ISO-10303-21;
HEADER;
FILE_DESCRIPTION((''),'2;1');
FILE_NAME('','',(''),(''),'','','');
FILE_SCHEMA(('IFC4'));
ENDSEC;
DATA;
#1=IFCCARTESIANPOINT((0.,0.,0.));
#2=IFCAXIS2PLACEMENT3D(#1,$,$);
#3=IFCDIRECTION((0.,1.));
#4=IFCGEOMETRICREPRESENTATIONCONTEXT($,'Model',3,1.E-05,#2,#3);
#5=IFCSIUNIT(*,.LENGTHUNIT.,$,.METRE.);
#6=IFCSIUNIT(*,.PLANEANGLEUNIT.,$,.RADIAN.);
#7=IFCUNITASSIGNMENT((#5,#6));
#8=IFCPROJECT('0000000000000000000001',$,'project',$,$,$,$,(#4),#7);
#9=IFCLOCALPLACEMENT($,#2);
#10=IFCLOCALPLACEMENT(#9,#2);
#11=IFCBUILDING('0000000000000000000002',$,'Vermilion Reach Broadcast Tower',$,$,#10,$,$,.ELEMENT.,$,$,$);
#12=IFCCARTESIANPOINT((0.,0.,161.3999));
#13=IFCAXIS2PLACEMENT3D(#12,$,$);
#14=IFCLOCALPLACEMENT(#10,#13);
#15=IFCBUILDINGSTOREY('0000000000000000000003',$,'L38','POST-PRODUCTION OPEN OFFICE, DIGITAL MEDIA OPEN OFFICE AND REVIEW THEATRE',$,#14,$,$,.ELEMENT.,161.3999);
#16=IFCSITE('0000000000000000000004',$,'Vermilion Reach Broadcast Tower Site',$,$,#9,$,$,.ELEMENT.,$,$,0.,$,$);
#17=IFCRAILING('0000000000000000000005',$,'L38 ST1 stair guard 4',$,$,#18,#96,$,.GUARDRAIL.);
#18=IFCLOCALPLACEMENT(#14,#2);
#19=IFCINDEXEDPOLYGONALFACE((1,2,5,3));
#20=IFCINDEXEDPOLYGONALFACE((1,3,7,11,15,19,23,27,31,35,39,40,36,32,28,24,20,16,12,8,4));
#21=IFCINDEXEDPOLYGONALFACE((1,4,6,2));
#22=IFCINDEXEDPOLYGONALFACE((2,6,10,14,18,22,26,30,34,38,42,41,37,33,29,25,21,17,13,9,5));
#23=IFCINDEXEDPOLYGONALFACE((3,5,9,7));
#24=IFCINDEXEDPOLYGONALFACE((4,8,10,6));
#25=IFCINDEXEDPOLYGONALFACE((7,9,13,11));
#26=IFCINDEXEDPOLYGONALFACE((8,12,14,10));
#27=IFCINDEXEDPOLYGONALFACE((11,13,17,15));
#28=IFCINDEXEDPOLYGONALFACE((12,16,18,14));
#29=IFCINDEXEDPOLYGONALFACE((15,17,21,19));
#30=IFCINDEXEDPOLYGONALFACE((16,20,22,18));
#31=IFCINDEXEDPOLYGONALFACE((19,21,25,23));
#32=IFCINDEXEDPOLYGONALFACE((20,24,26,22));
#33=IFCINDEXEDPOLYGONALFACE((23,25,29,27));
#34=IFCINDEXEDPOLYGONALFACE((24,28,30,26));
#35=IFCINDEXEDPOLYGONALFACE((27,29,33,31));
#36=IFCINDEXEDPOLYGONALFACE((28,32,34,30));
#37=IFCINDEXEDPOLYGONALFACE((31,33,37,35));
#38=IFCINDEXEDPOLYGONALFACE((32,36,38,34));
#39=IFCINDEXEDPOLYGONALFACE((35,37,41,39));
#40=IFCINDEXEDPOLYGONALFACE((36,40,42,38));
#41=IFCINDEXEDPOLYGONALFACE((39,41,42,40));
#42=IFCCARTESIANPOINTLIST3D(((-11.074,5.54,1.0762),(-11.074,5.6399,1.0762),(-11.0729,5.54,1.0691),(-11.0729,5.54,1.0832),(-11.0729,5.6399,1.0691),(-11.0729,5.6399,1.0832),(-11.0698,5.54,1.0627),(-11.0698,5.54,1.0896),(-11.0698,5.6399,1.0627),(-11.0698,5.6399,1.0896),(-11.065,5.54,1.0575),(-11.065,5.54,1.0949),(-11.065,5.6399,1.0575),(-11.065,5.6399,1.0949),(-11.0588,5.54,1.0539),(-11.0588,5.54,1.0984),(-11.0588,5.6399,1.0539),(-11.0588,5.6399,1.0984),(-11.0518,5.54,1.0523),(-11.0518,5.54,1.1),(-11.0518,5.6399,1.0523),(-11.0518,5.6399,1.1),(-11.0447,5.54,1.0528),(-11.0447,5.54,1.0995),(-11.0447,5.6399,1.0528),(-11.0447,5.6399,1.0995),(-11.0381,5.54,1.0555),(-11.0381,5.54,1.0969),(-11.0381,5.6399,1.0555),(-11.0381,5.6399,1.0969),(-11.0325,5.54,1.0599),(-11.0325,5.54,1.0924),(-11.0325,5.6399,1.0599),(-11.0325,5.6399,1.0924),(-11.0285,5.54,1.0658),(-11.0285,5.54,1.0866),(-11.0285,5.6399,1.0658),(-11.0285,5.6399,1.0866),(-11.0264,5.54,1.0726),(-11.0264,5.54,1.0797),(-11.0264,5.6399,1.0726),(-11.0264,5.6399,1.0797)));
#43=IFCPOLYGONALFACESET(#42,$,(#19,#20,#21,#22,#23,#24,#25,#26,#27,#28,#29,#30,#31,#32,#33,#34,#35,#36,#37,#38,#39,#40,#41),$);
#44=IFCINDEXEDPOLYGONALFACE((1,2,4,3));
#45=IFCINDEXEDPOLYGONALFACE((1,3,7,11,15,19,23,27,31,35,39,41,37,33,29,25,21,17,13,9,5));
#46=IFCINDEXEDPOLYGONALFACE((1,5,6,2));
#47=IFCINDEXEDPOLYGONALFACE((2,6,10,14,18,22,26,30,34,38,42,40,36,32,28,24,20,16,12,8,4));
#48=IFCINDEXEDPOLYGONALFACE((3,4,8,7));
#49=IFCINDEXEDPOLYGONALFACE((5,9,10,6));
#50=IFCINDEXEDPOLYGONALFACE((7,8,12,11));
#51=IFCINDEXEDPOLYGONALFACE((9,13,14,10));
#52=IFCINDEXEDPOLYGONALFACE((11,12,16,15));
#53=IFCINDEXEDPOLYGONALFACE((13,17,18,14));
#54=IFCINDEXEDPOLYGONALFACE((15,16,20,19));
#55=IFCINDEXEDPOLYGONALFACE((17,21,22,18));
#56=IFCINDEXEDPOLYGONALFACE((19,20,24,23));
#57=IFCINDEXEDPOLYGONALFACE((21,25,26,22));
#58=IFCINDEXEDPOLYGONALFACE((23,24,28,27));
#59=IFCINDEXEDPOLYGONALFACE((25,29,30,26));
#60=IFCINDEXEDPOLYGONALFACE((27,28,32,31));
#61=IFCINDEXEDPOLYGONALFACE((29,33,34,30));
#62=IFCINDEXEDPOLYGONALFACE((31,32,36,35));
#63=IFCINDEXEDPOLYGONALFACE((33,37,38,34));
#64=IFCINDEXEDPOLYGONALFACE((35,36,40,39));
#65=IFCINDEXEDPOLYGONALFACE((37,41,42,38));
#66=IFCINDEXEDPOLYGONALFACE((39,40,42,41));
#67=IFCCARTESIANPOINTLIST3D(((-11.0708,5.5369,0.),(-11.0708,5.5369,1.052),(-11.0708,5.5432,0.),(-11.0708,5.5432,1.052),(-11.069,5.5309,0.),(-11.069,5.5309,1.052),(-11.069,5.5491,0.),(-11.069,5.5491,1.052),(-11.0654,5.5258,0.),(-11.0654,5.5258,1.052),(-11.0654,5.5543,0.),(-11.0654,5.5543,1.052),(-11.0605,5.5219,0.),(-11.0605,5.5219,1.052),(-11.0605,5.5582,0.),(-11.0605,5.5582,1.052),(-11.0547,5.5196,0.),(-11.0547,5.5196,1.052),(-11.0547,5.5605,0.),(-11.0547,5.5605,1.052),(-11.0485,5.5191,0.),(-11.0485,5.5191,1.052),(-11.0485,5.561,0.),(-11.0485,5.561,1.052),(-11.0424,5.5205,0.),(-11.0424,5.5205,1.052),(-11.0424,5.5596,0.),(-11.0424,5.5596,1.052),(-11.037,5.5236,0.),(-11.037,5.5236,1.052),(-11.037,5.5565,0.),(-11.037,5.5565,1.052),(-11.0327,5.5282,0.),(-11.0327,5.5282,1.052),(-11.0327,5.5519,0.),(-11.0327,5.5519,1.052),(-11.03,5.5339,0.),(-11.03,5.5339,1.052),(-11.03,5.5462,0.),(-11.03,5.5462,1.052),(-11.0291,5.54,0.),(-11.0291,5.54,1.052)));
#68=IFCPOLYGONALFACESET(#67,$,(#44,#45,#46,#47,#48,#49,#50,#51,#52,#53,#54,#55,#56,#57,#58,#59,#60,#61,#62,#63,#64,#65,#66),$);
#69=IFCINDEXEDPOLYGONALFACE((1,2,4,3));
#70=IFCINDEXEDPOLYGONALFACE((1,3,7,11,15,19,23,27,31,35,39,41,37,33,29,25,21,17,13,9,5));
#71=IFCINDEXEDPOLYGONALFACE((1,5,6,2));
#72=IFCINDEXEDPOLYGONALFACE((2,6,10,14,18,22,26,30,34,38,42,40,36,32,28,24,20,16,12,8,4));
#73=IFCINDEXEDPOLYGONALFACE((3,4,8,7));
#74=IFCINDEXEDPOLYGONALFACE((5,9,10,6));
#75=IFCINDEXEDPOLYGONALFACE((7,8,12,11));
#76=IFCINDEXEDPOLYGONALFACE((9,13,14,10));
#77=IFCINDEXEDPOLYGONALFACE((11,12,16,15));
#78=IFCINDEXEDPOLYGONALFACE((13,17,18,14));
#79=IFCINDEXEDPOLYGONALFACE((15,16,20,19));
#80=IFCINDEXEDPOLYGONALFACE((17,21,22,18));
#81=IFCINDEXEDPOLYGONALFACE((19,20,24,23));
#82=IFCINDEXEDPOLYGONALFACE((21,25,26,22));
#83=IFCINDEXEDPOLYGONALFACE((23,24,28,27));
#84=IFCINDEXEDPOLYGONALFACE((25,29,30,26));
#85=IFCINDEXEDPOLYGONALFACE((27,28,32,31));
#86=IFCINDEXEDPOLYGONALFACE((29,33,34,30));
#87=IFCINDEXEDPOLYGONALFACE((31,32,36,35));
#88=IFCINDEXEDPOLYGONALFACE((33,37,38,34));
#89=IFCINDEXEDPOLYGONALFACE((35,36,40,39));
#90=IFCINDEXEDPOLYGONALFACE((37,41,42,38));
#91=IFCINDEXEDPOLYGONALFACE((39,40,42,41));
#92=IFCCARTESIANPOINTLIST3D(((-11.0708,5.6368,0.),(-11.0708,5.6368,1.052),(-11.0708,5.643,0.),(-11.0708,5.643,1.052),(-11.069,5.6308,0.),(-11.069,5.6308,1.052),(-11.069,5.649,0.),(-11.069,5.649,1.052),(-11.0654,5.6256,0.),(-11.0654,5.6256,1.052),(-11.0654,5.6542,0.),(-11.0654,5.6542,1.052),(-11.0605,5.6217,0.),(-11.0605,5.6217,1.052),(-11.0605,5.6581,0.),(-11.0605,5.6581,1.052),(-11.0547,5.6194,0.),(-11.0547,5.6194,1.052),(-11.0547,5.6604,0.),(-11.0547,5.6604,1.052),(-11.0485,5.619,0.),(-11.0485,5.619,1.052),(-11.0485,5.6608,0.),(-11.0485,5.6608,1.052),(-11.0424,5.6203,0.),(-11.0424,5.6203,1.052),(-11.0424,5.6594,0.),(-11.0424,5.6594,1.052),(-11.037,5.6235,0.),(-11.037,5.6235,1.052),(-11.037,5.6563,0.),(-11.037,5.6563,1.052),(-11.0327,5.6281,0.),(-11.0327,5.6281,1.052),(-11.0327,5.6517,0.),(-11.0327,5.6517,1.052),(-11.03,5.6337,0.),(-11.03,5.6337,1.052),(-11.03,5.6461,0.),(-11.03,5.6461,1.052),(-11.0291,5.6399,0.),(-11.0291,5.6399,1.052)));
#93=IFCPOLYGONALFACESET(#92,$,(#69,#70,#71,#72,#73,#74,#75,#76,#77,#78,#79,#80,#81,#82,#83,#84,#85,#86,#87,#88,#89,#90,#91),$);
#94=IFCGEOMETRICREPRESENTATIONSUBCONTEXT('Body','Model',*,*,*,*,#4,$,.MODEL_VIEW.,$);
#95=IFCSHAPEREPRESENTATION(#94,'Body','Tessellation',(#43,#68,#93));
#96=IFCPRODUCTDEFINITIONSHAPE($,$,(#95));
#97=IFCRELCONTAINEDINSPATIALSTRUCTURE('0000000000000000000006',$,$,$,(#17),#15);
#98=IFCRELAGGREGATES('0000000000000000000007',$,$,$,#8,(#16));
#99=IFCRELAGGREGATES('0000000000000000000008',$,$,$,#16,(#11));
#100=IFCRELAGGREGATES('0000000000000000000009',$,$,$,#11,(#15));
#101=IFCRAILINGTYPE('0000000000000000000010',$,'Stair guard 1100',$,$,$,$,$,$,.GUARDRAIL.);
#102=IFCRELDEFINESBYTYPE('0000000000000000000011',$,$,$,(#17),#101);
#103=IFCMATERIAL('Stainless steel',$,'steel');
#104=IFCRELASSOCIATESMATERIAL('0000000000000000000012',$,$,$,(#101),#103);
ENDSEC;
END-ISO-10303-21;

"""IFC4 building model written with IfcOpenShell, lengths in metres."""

from ifc_helpers import new_model, si_unit, direction, frame, origin, origin_2d, place, context, subcontext, project, spatial, circle, extrude, material, type_object, element, save


model = new_model("IFC4")

# Units and contexts
model_context = context("Model", 3, precision=1e-05, world=origin(), true_north=direction((0.0, 1.0)))
body_context = subcontext(model_context, "Body", "Model", "MODEL_VIEW")
ifc_project = project(units=[si_unit("LENGTHUNIT", "METRE"), si_unit("PLANEANGLEUNIT", "RADIAN")], contexts=[model_context])

# Site, building, storey
site_placement = place(None, origin())
site = spatial("IfcSite", under=ifc_project, at=site_placement, Name="Vermilion Reach Broadcast Tower Site", CompositionType="ELEMENT", RefElevation=0.0)
building_placement = place(site_placement, origin())
building = spatial("IfcBuilding", under=site, at=building_placement, Name="Vermilion Reach Broadcast Tower", CompositionType="ELEMENT")
storey_placement = place(building_placement, frame((0.0, 0.0, 161.3999)))
storey = spatial("IfcBuildingStorey", under=building, at=storey_placement, Name="L38", Description="POST-PRODUCTION OPEN OFFICE, DIGITAL MEDIA OPEN OFFICE AND REVIEW THEATRE", CompositionType="ELEMENT", Elevation=161.3999)

# Railing
ifc_material_1 = material(Name="Stainless steel", Category="steel")
railing_type_1 = type_object("IfcRailingType", Name="Stair guard 1100", PredefinedType="GUARDRAIL", material=ifc_material_1)
railing_1_placement = place(storey_placement, frame((-11.05, 5.54, 0.0)))
element("IfcRailing", 1, at=railing_1_placement, inside=storey, type_object=railing_type_1, Name="L38 ST1 stair guard 4", PredefinedType="GUARDRAIL", context=body_context, shape_type="SweptSolid", body=[
    extrude(circle(Radius=0.0239, at=origin_2d()), frame((0.0, 0.0, 1.0762), z_axis=(0.0, 1.0, 0.0), x_axis=(-1.0, 0.0, 0.0)), (0.0, 0.0, 1.0), 0.0999),
    extrude(circle(Radius=0.021, at=origin_2d()), origin(), (0.0, 0.0, 1.0), 1.052),
    extrude(circle(Radius=0.021, at=origin_2d()), frame((0.0, 0.0999, 0.0)), (0.0, 0.0, 1.0), 1.052),
])

save(model, "model.ifc")
